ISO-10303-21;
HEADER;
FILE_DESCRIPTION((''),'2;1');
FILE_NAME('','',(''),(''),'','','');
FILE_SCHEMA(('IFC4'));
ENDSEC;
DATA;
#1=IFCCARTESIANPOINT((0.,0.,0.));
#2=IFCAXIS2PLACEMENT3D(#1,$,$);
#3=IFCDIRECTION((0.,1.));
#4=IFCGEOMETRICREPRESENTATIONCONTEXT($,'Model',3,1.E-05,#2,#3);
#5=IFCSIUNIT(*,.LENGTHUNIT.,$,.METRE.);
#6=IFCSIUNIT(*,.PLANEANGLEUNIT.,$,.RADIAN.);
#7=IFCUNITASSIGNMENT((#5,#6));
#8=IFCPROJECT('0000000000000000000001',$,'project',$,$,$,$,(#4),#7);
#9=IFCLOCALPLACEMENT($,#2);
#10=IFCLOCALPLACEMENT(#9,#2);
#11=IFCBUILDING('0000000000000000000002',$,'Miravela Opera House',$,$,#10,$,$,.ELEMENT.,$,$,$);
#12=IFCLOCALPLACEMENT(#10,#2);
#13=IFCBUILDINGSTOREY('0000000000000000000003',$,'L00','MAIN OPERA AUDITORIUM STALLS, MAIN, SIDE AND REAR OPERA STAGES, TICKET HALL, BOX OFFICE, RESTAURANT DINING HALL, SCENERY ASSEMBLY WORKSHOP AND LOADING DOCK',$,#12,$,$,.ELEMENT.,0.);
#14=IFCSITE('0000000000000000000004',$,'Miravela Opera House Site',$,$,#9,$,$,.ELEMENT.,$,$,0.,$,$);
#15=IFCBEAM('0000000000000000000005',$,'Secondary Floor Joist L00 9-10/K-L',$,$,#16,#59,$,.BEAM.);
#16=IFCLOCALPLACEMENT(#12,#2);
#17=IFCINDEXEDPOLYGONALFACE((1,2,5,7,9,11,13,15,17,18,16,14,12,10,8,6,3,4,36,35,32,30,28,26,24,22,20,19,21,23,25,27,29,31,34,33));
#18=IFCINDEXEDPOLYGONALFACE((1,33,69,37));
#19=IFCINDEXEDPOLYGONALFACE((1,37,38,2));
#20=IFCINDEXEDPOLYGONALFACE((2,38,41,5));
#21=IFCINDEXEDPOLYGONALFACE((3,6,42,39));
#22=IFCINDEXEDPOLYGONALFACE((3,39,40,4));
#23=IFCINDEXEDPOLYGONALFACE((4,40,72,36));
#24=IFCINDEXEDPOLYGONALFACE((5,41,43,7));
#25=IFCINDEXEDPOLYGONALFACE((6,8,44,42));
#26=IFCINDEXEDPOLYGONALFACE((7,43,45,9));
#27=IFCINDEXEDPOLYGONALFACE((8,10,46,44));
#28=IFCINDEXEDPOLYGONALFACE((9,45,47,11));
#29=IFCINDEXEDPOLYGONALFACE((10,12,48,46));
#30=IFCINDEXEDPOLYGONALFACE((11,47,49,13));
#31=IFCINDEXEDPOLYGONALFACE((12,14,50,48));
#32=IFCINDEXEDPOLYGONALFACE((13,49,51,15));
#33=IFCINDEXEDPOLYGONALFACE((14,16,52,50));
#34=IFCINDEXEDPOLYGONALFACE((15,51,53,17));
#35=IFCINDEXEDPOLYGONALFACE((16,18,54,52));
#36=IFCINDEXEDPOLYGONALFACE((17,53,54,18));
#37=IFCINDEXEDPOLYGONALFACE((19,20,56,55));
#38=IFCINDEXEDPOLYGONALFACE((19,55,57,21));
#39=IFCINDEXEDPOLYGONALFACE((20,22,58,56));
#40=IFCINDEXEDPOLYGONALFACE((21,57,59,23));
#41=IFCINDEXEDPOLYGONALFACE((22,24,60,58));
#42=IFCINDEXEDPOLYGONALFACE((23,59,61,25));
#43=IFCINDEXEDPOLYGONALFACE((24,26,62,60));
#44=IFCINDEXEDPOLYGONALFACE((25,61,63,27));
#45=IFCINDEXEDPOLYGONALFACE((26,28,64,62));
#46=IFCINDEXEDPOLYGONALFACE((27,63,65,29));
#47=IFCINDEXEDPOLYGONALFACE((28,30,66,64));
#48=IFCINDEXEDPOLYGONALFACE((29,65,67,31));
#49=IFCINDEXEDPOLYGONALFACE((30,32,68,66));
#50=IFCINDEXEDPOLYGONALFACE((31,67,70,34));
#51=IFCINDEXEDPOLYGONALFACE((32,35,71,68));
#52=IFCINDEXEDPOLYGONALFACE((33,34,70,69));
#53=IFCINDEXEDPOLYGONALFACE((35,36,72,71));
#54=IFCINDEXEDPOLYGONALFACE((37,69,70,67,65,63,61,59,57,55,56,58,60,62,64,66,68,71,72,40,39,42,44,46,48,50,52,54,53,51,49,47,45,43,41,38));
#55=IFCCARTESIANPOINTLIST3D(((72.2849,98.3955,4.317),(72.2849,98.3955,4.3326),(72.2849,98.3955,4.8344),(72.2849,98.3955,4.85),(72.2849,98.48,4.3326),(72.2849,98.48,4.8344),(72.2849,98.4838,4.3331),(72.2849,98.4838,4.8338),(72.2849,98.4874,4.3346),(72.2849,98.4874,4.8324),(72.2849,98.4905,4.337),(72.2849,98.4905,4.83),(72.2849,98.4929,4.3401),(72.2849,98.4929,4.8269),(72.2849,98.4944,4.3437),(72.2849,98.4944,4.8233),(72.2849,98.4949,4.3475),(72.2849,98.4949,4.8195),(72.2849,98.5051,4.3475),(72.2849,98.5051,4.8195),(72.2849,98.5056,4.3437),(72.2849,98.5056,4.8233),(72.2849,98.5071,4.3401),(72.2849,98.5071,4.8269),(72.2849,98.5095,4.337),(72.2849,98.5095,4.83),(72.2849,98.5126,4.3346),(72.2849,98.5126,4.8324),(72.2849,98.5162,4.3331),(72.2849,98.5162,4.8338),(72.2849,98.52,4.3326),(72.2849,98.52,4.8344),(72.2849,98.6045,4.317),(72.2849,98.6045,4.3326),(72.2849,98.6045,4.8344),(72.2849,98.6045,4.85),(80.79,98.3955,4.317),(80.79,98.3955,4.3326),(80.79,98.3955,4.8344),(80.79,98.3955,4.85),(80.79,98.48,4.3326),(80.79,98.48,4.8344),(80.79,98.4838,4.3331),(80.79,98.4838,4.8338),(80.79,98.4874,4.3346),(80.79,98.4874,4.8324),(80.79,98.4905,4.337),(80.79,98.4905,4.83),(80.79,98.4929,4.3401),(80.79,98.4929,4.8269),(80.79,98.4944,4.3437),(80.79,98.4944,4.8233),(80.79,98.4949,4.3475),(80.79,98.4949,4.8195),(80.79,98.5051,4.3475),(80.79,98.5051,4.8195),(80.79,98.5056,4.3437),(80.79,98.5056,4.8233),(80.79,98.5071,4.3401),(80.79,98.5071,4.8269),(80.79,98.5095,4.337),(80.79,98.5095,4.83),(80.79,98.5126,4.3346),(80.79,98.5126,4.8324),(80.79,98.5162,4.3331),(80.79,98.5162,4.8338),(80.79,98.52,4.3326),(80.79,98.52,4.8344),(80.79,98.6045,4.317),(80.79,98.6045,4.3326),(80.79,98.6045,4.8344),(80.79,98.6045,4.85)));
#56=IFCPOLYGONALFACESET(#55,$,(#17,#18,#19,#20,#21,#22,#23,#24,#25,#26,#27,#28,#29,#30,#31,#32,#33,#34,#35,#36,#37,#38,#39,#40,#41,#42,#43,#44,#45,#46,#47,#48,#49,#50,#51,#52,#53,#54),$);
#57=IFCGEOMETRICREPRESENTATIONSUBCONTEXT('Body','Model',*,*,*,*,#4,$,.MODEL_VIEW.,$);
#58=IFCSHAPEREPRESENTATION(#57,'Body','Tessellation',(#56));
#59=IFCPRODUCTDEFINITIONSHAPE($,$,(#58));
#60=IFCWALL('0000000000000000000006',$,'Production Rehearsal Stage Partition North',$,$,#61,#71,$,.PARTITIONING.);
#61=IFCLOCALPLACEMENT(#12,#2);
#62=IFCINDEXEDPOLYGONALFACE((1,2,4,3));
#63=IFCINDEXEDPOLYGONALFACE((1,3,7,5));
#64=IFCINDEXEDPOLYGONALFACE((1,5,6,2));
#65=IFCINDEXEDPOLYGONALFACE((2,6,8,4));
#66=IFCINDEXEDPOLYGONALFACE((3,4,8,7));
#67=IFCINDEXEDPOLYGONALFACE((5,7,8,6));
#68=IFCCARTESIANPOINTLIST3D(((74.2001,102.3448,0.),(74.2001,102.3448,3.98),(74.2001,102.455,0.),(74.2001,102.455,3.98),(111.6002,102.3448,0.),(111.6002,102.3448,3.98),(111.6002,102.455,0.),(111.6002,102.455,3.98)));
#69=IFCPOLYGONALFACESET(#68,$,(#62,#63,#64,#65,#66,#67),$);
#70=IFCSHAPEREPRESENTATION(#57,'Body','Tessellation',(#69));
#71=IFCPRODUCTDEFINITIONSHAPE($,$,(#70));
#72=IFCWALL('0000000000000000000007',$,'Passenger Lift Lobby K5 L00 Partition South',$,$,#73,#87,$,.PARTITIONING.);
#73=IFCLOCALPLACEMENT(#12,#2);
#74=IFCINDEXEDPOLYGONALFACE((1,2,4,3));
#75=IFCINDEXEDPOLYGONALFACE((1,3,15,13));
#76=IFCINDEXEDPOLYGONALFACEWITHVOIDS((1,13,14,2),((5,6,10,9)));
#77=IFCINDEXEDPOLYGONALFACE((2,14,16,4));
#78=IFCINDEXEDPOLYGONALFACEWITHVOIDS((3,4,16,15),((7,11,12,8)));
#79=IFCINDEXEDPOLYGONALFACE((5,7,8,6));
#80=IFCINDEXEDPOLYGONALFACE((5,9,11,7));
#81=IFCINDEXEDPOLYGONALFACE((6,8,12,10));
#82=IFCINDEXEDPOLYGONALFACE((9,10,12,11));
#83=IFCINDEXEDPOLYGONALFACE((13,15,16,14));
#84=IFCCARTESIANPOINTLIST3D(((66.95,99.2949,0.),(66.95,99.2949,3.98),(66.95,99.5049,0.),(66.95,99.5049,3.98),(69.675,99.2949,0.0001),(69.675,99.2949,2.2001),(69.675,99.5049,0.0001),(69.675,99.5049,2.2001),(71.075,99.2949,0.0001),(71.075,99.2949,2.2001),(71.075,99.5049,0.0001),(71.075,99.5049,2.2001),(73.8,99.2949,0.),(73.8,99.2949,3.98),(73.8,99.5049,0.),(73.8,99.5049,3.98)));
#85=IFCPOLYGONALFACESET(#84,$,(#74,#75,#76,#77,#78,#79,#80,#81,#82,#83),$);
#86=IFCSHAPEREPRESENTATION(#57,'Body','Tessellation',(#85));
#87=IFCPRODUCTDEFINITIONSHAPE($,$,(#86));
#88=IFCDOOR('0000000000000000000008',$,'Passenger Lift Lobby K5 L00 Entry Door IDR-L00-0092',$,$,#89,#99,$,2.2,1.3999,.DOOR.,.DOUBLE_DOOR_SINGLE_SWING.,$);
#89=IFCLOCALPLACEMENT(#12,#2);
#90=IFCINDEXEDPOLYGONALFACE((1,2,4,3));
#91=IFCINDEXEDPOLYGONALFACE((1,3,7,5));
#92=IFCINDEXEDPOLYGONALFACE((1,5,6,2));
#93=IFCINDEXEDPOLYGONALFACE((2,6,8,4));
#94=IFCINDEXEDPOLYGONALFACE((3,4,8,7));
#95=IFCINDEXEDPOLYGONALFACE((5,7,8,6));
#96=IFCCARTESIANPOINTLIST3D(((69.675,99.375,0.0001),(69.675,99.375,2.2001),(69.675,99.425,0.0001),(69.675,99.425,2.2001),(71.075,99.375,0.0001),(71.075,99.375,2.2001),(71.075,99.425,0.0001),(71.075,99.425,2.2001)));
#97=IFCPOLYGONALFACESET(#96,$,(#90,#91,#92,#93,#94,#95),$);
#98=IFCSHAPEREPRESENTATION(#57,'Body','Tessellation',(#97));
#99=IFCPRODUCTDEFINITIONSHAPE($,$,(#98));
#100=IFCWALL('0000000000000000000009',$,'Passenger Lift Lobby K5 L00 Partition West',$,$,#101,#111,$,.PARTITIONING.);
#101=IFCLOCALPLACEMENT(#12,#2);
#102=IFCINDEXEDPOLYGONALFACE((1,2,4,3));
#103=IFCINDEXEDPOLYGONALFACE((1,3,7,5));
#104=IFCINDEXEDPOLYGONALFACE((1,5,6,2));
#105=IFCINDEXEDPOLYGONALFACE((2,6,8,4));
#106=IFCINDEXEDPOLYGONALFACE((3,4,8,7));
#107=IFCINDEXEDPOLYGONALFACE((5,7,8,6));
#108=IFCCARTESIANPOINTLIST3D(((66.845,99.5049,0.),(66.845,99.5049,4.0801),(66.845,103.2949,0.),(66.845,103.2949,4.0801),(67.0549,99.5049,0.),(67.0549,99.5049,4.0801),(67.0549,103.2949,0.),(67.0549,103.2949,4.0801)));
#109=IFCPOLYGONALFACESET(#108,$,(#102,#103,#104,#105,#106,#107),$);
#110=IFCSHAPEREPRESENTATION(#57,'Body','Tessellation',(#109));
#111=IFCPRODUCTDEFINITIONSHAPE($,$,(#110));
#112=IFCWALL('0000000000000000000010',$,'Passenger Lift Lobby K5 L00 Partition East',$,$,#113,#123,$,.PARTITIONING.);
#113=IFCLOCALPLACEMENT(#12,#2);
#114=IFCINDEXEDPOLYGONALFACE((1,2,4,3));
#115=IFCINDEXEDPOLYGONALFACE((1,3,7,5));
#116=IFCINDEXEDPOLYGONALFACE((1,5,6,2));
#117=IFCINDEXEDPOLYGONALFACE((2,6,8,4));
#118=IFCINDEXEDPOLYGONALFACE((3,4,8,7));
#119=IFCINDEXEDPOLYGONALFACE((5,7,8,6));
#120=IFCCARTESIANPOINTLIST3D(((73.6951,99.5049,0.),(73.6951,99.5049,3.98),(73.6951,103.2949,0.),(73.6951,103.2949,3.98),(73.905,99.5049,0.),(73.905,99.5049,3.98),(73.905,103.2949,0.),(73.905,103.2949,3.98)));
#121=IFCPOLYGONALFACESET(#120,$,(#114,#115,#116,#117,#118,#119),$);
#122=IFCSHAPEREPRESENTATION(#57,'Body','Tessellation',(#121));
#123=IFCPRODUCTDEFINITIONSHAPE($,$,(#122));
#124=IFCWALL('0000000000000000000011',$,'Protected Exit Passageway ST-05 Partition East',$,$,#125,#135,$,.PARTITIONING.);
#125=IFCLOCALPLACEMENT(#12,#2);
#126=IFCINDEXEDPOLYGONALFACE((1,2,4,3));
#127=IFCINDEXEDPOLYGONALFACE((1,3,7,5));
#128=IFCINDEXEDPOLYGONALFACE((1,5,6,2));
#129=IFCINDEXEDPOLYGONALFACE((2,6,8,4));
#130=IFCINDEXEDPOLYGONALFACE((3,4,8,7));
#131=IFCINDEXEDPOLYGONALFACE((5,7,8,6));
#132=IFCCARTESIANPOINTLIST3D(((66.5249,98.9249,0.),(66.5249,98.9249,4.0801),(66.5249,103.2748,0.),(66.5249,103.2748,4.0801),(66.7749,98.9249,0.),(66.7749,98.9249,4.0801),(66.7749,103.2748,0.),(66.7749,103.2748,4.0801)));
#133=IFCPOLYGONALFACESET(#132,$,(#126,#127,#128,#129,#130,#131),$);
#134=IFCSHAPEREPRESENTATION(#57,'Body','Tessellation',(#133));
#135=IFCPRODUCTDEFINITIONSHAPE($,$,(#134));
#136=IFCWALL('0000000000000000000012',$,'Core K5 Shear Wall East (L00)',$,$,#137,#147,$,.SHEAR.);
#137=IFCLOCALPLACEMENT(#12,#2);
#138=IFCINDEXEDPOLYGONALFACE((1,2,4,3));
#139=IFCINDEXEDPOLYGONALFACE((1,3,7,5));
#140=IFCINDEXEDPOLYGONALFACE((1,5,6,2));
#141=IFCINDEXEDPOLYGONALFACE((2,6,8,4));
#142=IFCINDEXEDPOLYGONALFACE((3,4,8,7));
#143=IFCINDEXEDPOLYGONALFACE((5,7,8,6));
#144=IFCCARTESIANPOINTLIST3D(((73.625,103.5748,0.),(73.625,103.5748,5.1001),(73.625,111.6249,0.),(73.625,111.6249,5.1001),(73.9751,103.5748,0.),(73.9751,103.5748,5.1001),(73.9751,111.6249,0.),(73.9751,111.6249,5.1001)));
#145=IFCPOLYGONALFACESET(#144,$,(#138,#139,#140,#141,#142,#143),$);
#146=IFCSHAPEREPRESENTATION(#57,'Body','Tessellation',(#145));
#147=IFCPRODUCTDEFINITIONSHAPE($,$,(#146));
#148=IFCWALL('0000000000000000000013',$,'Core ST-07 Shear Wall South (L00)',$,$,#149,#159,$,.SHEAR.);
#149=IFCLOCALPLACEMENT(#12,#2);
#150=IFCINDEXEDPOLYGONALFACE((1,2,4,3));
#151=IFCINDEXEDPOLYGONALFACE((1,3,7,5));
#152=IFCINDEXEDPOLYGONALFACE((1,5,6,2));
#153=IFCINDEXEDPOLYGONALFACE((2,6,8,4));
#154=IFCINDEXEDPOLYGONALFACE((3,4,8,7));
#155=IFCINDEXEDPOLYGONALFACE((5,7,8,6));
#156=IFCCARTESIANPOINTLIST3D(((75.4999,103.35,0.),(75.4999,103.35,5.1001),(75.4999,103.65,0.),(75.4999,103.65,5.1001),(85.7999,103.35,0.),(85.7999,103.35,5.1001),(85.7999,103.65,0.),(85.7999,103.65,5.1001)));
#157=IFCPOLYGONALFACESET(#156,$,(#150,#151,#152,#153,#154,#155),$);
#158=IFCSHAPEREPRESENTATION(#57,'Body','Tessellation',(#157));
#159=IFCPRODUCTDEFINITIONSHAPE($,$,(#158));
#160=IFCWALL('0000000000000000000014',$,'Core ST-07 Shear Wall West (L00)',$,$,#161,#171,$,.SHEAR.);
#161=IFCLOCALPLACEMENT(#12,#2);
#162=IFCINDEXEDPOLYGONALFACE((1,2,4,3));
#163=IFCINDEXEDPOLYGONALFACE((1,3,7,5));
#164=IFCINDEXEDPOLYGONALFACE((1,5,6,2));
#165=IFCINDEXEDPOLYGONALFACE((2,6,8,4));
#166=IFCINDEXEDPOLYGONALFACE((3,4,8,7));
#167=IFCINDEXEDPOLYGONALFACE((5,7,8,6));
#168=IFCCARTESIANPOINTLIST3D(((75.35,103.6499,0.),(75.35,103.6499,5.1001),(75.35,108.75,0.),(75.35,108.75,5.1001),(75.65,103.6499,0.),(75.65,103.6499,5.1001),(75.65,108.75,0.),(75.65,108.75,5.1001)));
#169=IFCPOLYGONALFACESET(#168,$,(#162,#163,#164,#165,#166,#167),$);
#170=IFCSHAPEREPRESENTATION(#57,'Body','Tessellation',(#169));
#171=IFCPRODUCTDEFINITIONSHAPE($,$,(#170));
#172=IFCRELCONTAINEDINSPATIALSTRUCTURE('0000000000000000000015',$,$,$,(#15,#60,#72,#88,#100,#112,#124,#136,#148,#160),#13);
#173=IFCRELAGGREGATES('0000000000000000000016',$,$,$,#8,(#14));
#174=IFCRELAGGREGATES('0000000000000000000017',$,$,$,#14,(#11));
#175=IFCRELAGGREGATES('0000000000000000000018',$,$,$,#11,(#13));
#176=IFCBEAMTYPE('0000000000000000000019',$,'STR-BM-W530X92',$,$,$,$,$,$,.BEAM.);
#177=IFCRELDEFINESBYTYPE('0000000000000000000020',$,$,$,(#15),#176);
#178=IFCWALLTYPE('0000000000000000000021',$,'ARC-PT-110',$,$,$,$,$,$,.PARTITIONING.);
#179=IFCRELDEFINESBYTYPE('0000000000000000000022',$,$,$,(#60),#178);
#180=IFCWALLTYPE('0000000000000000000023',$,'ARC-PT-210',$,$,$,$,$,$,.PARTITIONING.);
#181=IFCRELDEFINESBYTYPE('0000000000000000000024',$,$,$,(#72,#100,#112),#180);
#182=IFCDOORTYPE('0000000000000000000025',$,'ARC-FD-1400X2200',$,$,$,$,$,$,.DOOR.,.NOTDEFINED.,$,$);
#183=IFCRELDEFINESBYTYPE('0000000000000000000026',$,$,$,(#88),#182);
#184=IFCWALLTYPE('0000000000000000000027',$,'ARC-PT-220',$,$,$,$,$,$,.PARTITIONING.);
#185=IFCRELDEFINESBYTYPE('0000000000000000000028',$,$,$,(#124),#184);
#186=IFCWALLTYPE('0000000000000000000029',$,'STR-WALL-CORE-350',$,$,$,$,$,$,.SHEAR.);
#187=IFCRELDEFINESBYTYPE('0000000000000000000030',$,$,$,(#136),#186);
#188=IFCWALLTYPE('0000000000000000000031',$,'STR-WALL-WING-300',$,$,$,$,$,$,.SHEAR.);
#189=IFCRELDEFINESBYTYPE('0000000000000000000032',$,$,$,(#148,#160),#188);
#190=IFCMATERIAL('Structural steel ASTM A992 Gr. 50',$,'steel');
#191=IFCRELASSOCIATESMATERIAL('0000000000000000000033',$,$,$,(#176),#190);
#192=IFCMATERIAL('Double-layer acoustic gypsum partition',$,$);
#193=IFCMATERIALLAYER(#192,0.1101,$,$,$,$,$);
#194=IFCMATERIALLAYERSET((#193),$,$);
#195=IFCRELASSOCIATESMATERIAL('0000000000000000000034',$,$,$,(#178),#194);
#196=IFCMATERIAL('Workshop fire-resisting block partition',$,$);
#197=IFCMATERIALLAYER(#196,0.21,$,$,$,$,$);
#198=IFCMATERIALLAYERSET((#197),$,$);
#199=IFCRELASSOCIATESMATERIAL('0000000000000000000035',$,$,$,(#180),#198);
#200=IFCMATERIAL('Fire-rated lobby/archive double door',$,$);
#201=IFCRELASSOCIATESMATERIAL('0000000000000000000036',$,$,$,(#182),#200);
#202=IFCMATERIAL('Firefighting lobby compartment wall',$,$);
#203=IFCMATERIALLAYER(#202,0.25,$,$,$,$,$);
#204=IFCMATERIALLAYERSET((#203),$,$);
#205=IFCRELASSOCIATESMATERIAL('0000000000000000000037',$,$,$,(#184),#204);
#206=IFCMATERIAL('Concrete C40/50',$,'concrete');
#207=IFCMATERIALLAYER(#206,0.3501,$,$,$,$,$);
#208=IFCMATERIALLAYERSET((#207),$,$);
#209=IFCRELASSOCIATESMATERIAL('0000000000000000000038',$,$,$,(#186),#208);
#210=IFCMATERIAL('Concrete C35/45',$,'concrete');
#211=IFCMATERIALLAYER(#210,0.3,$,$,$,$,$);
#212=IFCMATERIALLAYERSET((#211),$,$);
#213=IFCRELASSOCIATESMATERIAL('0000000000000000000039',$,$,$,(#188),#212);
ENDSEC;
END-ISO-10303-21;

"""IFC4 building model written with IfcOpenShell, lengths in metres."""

from ifc_helpers import new_model, si_unit, direction, frame, frame_2d, origin, origin_2d, place, context, subcontext, project, spatial, rectangle, i_section, extrude, material, layer, layer_set, material_profile, profile_set, type_object, element, fill, save


model = new_model("IFC4")

# Units and contexts
model_context = context("Model", 3, precision=1e-05, world=origin(), true_north=direction((0.0, 1.0)))
body_context = subcontext(model_context, "Body", "Model", "MODEL_VIEW")
ifc_project = project(units=[si_unit("LENGTHUNIT", "METRE"), si_unit("PLANEANGLEUNIT", "RADIAN")], contexts=[model_context])

# Site, building, storey
site_placement = place(None, origin())
site = spatial("IfcSite", under=ifc_project, at=site_placement, Name="Miravela Opera House Site", CompositionType="ELEMENT", RefElevation=0.0)
building_placement = place(site_placement, origin())
building = spatial("IfcBuilding", under=site, at=building_placement, Name="Miravela Opera House", CompositionType="ELEMENT")
storey_placement = place(building_placement, origin())
storey = spatial("IfcBuildingStorey", under=building, at=storey_placement, Name="L00", Description="MAIN OPERA AUDITORIUM STALLS, MAIN, SIDE AND REAR OPERA STAGES, TICKET HALL, BOX OFFICE, RESTAURANT DINING HALL, SCENERY ASSEMBLY WORKSHOP AND LOADING DOCK", CompositionType="ELEMENT", Elevation=0.0)

# Shared definitions
ifc_material_1 = material(Name="Concrete C40/50", Category="concrete")

# Beam
ifc_material_2 = material(Name="Concrete C35/45", Category="concrete")
ifc_material_3 = material(Name="Structural steel ASTM A992 Gr. 50", Category="steel")
ifc_material_profile_1 = material_profile(ifc_material_3, i_section(OverallWidth=0.209, OverallDepth=0.533, WebThickness=0.0103, FlangeThickness=0.0156, FilletRadius=0.0149, at=origin_2d()), Name="W530X92")
ifc_profile_set_1 = profile_set([ifc_material_profile_1])
beam_type_1 = type_object("IfcBeamType", Name="STR-BM-W530X92", PredefinedType="BEAM", material=ifc_profile_set_1)
beam_1_placement = place(storey_placement, frame((72.2849, 98.5, 4.5835), z_axis=(1.0, 0.0, 0.0), x_axis=(0.0, 1.0, 0.0)))
element("IfcBeam", 1, at=beam_1_placement, inside=storey, type_object=beam_type_1, Name="Secondary Floor Joist L00 9-10/K-L", PredefinedType="BEAM", context=body_context, shape_type="SweptSolid", body=[
    extrude(i_section(OverallWidth=0.209, OverallDepth=0.533, WebThickness=0.0103, FlangeThickness=0.0156, FilletRadius=0.0149, at=origin_2d()), origin(), (0.0, 0.0, 1.0), 8.5051),
])

# Wall
ifc_material_4 = material(Name="Double-layer acoustic gypsum partition")
ifc_layer_1 = layer(ifc_material_4, 0.1101)
ifc_layer_set_1 = layer_set([ifc_layer_1])
wall_type_1 = type_object("IfcWallType", Name="ARC-PT-110", PredefinedType="PARTITIONING", material=ifc_layer_set_1)
wall_1_placement = place(storey_placement, frame((74.2, 102.3999, 0.0), z_axis=(0.0, 0.0, 1.0), x_axis=(1.0, 0.0, 0.0)))
element("IfcWall", 2, at=wall_1_placement, inside=storey, type_object=wall_type_1, Name="Production Rehearsal Stage Partition North", PredefinedType="PARTITIONING", context=body_context, shape_type="SweptSolid", body=[
    extrude(rectangle(XDim=37.4001, YDim=0.1101, at=frame_2d((18.7002, 0.0))), origin(), (0.0, 0.0, 1.0), 3.98),
])

# Wall, opening, door
ifc_material_5 = material(Name="Workshop fire-resisting block partition")
ifc_layer_2 = layer(ifc_material_5, 0.21)
ifc_layer_set_2 = layer_set([ifc_layer_2])
wall_type_2 = type_object("IfcWallType", Name="ARC-PT-210", PredefinedType="PARTITIONING", material=ifc_layer_set_2)
wall_2_placement = place(storey_placement, frame((66.95, 99.3999, 0.0), z_axis=(0.0, 0.0, 1.0), x_axis=(1.0, 0.0, 0.0)))
wall_2 = element("IfcWall", 3, at=wall_2_placement, inside=storey, type_object=wall_type_2, Name="Passenger Lift Lobby K5 L00 Partition South", PredefinedType="PARTITIONING", context=body_context, shape_type="SweptSolid", body=[
    extrude(rectangle(XDim=6.8501, YDim=0.21, at=frame_2d((3.425, 0.0))), origin(), (0.0, 0.0, 1.0), 3.98),
])
opening_placement = place(wall_2_placement, frame((2.7251, 0.0, 0.0)))
opening = element("IfcOpeningElement", 4, at=opening_placement, cuts=wall_2, PredefinedType="OPENING", context=body_context, shape_type="SweptSolid", body=[
    extrude(rectangle(XDim=1.3999, YDim=2.2, at=frame_2d((0.7, 1.1001))), frame((0.0, 0.115, 0.0), z_axis=(0.0, -1.0, 0.0), x_axis=(1.0, 0.0, 0.0)), (0.0, 0.0, 1.0), 0.23),
])
ifc_material_6 = material(Name="Fire-rated lobby/archive double door")
door_type = type_object("IfcDoorType", Name="ARC-FD-1400X2200", OperationType="NOTDEFINED", PredefinedType="DOOR", material=ifc_material_6)
door_placement = place(opening_placement, frame((1.3999, 0.0, 0.0), z_axis=(0.0, 0.0, 1.0), x_axis=(-1.0, 0.0, 0.0)))
door = element("IfcDoor", 5, at=door_placement, inside=storey, type_object=door_type, Name="Passenger Lift Lobby K5 L00 Entry Door IDR-L00-0092", OperationType="DOUBLE_DOOR_SINGLE_SWING", OverallHeight=2.2, OverallWidth=1.3999, PredefinedType="DOOR", context=body_context, shape_type="SweptSolid", body=[
    extrude(rectangle(XDim=1.3999, YDim=2.2, at=frame_2d((0.7, 1.1001))), frame((0.0, 0.0249, 0.0), z_axis=(0.0, -1.0, 0.0), x_axis=(1.0, 0.0, 0.0)), (0.0, 0.0, 1.0), 0.05),
])
fill(opening, door)

# Walls
wall_3_placement = place(storey_placement, frame((66.95, 99.5049, 0.0), z_axis=(0.0, 0.0, 1.0), x_axis=(0.0, 1.0, 0.0)))
element("IfcWall", 6, at=wall_3_placement, inside=storey, type_object=wall_type_2, Name="Passenger Lift Lobby K5 L00 Partition West", PredefinedType="PARTITIONING", context=body_context, shape_type="SweptSolid", body=[
    extrude(rectangle(XDim=3.79, YDim=0.21, at=frame_2d((1.895, 0.0))), origin(), (0.0, 0.0, 1.0), 4.0801),
])
wall_4_placement = place(storey_placement, frame((73.8, 99.5049, 0.0), z_axis=(0.0, 0.0, 1.0), x_axis=(0.0, 1.0, 0.0)))
element("IfcWall", 7, at=wall_4_placement, inside=storey, type_object=wall_type_2, Name="Passenger Lift Lobby K5 L00 Partition East", PredefinedType="PARTITIONING", context=body_context, shape_type="SweptSolid", body=[
    extrude(rectangle(XDim=3.79, YDim=0.21, at=frame_2d((1.895, 0.0))), origin(), (0.0, 0.0, 1.0), 3.98),
])
ifc_material_7 = material(Name="Firefighting lobby compartment wall")
ifc_layer_3 = layer(ifc_material_7, 0.25)
ifc_layer_set_3 = layer_set([ifc_layer_3])
wall_type_3 = type_object("IfcWallType", Name="ARC-PT-220", PredefinedType="PARTITIONING", material=ifc_layer_set_3)
wall_5_placement = place(storey_placement, frame((66.6499, 98.925, 0.0), z_axis=(0.0, 0.0, 1.0), x_axis=(0.0, 1.0, 0.0)))
element("IfcWall", 8, at=wall_5_placement, inside=storey, type_object=wall_type_3, Name="Protected Exit Passageway ST-05 Partition East", PredefinedType="PARTITIONING", context=body_context, shape_type="SweptSolid", body=[
    extrude(rectangle(XDim=4.3499, YDim=0.25, at=frame_2d((2.1748, 0.0))), origin(), (0.0, 0.0, 1.0), 4.0801),
])
ifc_layer_4 = layer(ifc_material_1, 0.3501)
ifc_layer_set_4 = layer_set([ifc_layer_4])
wall_type_4 = type_object("IfcWallType", Name="STR-WALL-CORE-350", PredefinedType="SHEAR", material=ifc_layer_set_4)
wall_6_placement = place(storey_placement, frame((73.8, 103.575, 0.0), z_axis=(0.0, 0.0, 1.0), x_axis=(0.0, 1.0, 0.0)))
element("IfcWall", 9, at=wall_6_placement, inside=storey, type_object=wall_type_4, Name="Core K5 Shear Wall East (L00)", PredefinedType="SHEAR", context=body_context, shape_type="SweptSolid", body=[
    extrude(rectangle(XDim=8.05, YDim=0.3501, at=frame_2d((4.0249, 0.0))), origin(), (0.0, 0.0, 1.0), 5.1001),
])
ifc_layer_5 = layer(ifc_material_2, 0.3)
ifc_layer_set_5 = layer_set([ifc_layer_5])
wall_type_5 = type_object("IfcWallType", Name="STR-WALL-WING-300", PredefinedType="SHEAR", material=ifc_layer_set_5)
wall_7_placement = place(storey_placement, frame((75.5, 103.5, 0.0), z_axis=(0.0, 0.0, 1.0), x_axis=(1.0, 0.0, 0.0)))
element("IfcWall", 10, at=wall_7_placement, inside=storey, type_object=wall_type_5, Name="Core ST-07 Shear Wall South (L00)", PredefinedType="SHEAR", context=body_context, shape_type="SweptSolid", body=[
    extrude(rectangle(XDim=10.3, YDim=0.3, at=frame_2d((5.1499, 0.0))), origin(), (0.0, 0.0, 1.0), 5.1001),
])
wall_8_placement = place(storey_placement, frame((75.5, 103.6499, 0.0), z_axis=(0.0, 0.0, 1.0), x_axis=(0.0, 1.0, 0.0)))
element("IfcWall", 11, at=wall_8_placement, inside=storey, type_object=wall_type_5, Name="Core ST-07 Shear Wall West (L00)", PredefinedType="SHEAR", context=body_context, shape_type="SweptSolid", body=[
    extrude(rectangle(XDim=5.1001, YDim=0.3, at=frame_2d((2.55, 0.0))), origin(), (0.0, 0.0, 1.0), 5.1001),
])

save(model, "model.ifc")
